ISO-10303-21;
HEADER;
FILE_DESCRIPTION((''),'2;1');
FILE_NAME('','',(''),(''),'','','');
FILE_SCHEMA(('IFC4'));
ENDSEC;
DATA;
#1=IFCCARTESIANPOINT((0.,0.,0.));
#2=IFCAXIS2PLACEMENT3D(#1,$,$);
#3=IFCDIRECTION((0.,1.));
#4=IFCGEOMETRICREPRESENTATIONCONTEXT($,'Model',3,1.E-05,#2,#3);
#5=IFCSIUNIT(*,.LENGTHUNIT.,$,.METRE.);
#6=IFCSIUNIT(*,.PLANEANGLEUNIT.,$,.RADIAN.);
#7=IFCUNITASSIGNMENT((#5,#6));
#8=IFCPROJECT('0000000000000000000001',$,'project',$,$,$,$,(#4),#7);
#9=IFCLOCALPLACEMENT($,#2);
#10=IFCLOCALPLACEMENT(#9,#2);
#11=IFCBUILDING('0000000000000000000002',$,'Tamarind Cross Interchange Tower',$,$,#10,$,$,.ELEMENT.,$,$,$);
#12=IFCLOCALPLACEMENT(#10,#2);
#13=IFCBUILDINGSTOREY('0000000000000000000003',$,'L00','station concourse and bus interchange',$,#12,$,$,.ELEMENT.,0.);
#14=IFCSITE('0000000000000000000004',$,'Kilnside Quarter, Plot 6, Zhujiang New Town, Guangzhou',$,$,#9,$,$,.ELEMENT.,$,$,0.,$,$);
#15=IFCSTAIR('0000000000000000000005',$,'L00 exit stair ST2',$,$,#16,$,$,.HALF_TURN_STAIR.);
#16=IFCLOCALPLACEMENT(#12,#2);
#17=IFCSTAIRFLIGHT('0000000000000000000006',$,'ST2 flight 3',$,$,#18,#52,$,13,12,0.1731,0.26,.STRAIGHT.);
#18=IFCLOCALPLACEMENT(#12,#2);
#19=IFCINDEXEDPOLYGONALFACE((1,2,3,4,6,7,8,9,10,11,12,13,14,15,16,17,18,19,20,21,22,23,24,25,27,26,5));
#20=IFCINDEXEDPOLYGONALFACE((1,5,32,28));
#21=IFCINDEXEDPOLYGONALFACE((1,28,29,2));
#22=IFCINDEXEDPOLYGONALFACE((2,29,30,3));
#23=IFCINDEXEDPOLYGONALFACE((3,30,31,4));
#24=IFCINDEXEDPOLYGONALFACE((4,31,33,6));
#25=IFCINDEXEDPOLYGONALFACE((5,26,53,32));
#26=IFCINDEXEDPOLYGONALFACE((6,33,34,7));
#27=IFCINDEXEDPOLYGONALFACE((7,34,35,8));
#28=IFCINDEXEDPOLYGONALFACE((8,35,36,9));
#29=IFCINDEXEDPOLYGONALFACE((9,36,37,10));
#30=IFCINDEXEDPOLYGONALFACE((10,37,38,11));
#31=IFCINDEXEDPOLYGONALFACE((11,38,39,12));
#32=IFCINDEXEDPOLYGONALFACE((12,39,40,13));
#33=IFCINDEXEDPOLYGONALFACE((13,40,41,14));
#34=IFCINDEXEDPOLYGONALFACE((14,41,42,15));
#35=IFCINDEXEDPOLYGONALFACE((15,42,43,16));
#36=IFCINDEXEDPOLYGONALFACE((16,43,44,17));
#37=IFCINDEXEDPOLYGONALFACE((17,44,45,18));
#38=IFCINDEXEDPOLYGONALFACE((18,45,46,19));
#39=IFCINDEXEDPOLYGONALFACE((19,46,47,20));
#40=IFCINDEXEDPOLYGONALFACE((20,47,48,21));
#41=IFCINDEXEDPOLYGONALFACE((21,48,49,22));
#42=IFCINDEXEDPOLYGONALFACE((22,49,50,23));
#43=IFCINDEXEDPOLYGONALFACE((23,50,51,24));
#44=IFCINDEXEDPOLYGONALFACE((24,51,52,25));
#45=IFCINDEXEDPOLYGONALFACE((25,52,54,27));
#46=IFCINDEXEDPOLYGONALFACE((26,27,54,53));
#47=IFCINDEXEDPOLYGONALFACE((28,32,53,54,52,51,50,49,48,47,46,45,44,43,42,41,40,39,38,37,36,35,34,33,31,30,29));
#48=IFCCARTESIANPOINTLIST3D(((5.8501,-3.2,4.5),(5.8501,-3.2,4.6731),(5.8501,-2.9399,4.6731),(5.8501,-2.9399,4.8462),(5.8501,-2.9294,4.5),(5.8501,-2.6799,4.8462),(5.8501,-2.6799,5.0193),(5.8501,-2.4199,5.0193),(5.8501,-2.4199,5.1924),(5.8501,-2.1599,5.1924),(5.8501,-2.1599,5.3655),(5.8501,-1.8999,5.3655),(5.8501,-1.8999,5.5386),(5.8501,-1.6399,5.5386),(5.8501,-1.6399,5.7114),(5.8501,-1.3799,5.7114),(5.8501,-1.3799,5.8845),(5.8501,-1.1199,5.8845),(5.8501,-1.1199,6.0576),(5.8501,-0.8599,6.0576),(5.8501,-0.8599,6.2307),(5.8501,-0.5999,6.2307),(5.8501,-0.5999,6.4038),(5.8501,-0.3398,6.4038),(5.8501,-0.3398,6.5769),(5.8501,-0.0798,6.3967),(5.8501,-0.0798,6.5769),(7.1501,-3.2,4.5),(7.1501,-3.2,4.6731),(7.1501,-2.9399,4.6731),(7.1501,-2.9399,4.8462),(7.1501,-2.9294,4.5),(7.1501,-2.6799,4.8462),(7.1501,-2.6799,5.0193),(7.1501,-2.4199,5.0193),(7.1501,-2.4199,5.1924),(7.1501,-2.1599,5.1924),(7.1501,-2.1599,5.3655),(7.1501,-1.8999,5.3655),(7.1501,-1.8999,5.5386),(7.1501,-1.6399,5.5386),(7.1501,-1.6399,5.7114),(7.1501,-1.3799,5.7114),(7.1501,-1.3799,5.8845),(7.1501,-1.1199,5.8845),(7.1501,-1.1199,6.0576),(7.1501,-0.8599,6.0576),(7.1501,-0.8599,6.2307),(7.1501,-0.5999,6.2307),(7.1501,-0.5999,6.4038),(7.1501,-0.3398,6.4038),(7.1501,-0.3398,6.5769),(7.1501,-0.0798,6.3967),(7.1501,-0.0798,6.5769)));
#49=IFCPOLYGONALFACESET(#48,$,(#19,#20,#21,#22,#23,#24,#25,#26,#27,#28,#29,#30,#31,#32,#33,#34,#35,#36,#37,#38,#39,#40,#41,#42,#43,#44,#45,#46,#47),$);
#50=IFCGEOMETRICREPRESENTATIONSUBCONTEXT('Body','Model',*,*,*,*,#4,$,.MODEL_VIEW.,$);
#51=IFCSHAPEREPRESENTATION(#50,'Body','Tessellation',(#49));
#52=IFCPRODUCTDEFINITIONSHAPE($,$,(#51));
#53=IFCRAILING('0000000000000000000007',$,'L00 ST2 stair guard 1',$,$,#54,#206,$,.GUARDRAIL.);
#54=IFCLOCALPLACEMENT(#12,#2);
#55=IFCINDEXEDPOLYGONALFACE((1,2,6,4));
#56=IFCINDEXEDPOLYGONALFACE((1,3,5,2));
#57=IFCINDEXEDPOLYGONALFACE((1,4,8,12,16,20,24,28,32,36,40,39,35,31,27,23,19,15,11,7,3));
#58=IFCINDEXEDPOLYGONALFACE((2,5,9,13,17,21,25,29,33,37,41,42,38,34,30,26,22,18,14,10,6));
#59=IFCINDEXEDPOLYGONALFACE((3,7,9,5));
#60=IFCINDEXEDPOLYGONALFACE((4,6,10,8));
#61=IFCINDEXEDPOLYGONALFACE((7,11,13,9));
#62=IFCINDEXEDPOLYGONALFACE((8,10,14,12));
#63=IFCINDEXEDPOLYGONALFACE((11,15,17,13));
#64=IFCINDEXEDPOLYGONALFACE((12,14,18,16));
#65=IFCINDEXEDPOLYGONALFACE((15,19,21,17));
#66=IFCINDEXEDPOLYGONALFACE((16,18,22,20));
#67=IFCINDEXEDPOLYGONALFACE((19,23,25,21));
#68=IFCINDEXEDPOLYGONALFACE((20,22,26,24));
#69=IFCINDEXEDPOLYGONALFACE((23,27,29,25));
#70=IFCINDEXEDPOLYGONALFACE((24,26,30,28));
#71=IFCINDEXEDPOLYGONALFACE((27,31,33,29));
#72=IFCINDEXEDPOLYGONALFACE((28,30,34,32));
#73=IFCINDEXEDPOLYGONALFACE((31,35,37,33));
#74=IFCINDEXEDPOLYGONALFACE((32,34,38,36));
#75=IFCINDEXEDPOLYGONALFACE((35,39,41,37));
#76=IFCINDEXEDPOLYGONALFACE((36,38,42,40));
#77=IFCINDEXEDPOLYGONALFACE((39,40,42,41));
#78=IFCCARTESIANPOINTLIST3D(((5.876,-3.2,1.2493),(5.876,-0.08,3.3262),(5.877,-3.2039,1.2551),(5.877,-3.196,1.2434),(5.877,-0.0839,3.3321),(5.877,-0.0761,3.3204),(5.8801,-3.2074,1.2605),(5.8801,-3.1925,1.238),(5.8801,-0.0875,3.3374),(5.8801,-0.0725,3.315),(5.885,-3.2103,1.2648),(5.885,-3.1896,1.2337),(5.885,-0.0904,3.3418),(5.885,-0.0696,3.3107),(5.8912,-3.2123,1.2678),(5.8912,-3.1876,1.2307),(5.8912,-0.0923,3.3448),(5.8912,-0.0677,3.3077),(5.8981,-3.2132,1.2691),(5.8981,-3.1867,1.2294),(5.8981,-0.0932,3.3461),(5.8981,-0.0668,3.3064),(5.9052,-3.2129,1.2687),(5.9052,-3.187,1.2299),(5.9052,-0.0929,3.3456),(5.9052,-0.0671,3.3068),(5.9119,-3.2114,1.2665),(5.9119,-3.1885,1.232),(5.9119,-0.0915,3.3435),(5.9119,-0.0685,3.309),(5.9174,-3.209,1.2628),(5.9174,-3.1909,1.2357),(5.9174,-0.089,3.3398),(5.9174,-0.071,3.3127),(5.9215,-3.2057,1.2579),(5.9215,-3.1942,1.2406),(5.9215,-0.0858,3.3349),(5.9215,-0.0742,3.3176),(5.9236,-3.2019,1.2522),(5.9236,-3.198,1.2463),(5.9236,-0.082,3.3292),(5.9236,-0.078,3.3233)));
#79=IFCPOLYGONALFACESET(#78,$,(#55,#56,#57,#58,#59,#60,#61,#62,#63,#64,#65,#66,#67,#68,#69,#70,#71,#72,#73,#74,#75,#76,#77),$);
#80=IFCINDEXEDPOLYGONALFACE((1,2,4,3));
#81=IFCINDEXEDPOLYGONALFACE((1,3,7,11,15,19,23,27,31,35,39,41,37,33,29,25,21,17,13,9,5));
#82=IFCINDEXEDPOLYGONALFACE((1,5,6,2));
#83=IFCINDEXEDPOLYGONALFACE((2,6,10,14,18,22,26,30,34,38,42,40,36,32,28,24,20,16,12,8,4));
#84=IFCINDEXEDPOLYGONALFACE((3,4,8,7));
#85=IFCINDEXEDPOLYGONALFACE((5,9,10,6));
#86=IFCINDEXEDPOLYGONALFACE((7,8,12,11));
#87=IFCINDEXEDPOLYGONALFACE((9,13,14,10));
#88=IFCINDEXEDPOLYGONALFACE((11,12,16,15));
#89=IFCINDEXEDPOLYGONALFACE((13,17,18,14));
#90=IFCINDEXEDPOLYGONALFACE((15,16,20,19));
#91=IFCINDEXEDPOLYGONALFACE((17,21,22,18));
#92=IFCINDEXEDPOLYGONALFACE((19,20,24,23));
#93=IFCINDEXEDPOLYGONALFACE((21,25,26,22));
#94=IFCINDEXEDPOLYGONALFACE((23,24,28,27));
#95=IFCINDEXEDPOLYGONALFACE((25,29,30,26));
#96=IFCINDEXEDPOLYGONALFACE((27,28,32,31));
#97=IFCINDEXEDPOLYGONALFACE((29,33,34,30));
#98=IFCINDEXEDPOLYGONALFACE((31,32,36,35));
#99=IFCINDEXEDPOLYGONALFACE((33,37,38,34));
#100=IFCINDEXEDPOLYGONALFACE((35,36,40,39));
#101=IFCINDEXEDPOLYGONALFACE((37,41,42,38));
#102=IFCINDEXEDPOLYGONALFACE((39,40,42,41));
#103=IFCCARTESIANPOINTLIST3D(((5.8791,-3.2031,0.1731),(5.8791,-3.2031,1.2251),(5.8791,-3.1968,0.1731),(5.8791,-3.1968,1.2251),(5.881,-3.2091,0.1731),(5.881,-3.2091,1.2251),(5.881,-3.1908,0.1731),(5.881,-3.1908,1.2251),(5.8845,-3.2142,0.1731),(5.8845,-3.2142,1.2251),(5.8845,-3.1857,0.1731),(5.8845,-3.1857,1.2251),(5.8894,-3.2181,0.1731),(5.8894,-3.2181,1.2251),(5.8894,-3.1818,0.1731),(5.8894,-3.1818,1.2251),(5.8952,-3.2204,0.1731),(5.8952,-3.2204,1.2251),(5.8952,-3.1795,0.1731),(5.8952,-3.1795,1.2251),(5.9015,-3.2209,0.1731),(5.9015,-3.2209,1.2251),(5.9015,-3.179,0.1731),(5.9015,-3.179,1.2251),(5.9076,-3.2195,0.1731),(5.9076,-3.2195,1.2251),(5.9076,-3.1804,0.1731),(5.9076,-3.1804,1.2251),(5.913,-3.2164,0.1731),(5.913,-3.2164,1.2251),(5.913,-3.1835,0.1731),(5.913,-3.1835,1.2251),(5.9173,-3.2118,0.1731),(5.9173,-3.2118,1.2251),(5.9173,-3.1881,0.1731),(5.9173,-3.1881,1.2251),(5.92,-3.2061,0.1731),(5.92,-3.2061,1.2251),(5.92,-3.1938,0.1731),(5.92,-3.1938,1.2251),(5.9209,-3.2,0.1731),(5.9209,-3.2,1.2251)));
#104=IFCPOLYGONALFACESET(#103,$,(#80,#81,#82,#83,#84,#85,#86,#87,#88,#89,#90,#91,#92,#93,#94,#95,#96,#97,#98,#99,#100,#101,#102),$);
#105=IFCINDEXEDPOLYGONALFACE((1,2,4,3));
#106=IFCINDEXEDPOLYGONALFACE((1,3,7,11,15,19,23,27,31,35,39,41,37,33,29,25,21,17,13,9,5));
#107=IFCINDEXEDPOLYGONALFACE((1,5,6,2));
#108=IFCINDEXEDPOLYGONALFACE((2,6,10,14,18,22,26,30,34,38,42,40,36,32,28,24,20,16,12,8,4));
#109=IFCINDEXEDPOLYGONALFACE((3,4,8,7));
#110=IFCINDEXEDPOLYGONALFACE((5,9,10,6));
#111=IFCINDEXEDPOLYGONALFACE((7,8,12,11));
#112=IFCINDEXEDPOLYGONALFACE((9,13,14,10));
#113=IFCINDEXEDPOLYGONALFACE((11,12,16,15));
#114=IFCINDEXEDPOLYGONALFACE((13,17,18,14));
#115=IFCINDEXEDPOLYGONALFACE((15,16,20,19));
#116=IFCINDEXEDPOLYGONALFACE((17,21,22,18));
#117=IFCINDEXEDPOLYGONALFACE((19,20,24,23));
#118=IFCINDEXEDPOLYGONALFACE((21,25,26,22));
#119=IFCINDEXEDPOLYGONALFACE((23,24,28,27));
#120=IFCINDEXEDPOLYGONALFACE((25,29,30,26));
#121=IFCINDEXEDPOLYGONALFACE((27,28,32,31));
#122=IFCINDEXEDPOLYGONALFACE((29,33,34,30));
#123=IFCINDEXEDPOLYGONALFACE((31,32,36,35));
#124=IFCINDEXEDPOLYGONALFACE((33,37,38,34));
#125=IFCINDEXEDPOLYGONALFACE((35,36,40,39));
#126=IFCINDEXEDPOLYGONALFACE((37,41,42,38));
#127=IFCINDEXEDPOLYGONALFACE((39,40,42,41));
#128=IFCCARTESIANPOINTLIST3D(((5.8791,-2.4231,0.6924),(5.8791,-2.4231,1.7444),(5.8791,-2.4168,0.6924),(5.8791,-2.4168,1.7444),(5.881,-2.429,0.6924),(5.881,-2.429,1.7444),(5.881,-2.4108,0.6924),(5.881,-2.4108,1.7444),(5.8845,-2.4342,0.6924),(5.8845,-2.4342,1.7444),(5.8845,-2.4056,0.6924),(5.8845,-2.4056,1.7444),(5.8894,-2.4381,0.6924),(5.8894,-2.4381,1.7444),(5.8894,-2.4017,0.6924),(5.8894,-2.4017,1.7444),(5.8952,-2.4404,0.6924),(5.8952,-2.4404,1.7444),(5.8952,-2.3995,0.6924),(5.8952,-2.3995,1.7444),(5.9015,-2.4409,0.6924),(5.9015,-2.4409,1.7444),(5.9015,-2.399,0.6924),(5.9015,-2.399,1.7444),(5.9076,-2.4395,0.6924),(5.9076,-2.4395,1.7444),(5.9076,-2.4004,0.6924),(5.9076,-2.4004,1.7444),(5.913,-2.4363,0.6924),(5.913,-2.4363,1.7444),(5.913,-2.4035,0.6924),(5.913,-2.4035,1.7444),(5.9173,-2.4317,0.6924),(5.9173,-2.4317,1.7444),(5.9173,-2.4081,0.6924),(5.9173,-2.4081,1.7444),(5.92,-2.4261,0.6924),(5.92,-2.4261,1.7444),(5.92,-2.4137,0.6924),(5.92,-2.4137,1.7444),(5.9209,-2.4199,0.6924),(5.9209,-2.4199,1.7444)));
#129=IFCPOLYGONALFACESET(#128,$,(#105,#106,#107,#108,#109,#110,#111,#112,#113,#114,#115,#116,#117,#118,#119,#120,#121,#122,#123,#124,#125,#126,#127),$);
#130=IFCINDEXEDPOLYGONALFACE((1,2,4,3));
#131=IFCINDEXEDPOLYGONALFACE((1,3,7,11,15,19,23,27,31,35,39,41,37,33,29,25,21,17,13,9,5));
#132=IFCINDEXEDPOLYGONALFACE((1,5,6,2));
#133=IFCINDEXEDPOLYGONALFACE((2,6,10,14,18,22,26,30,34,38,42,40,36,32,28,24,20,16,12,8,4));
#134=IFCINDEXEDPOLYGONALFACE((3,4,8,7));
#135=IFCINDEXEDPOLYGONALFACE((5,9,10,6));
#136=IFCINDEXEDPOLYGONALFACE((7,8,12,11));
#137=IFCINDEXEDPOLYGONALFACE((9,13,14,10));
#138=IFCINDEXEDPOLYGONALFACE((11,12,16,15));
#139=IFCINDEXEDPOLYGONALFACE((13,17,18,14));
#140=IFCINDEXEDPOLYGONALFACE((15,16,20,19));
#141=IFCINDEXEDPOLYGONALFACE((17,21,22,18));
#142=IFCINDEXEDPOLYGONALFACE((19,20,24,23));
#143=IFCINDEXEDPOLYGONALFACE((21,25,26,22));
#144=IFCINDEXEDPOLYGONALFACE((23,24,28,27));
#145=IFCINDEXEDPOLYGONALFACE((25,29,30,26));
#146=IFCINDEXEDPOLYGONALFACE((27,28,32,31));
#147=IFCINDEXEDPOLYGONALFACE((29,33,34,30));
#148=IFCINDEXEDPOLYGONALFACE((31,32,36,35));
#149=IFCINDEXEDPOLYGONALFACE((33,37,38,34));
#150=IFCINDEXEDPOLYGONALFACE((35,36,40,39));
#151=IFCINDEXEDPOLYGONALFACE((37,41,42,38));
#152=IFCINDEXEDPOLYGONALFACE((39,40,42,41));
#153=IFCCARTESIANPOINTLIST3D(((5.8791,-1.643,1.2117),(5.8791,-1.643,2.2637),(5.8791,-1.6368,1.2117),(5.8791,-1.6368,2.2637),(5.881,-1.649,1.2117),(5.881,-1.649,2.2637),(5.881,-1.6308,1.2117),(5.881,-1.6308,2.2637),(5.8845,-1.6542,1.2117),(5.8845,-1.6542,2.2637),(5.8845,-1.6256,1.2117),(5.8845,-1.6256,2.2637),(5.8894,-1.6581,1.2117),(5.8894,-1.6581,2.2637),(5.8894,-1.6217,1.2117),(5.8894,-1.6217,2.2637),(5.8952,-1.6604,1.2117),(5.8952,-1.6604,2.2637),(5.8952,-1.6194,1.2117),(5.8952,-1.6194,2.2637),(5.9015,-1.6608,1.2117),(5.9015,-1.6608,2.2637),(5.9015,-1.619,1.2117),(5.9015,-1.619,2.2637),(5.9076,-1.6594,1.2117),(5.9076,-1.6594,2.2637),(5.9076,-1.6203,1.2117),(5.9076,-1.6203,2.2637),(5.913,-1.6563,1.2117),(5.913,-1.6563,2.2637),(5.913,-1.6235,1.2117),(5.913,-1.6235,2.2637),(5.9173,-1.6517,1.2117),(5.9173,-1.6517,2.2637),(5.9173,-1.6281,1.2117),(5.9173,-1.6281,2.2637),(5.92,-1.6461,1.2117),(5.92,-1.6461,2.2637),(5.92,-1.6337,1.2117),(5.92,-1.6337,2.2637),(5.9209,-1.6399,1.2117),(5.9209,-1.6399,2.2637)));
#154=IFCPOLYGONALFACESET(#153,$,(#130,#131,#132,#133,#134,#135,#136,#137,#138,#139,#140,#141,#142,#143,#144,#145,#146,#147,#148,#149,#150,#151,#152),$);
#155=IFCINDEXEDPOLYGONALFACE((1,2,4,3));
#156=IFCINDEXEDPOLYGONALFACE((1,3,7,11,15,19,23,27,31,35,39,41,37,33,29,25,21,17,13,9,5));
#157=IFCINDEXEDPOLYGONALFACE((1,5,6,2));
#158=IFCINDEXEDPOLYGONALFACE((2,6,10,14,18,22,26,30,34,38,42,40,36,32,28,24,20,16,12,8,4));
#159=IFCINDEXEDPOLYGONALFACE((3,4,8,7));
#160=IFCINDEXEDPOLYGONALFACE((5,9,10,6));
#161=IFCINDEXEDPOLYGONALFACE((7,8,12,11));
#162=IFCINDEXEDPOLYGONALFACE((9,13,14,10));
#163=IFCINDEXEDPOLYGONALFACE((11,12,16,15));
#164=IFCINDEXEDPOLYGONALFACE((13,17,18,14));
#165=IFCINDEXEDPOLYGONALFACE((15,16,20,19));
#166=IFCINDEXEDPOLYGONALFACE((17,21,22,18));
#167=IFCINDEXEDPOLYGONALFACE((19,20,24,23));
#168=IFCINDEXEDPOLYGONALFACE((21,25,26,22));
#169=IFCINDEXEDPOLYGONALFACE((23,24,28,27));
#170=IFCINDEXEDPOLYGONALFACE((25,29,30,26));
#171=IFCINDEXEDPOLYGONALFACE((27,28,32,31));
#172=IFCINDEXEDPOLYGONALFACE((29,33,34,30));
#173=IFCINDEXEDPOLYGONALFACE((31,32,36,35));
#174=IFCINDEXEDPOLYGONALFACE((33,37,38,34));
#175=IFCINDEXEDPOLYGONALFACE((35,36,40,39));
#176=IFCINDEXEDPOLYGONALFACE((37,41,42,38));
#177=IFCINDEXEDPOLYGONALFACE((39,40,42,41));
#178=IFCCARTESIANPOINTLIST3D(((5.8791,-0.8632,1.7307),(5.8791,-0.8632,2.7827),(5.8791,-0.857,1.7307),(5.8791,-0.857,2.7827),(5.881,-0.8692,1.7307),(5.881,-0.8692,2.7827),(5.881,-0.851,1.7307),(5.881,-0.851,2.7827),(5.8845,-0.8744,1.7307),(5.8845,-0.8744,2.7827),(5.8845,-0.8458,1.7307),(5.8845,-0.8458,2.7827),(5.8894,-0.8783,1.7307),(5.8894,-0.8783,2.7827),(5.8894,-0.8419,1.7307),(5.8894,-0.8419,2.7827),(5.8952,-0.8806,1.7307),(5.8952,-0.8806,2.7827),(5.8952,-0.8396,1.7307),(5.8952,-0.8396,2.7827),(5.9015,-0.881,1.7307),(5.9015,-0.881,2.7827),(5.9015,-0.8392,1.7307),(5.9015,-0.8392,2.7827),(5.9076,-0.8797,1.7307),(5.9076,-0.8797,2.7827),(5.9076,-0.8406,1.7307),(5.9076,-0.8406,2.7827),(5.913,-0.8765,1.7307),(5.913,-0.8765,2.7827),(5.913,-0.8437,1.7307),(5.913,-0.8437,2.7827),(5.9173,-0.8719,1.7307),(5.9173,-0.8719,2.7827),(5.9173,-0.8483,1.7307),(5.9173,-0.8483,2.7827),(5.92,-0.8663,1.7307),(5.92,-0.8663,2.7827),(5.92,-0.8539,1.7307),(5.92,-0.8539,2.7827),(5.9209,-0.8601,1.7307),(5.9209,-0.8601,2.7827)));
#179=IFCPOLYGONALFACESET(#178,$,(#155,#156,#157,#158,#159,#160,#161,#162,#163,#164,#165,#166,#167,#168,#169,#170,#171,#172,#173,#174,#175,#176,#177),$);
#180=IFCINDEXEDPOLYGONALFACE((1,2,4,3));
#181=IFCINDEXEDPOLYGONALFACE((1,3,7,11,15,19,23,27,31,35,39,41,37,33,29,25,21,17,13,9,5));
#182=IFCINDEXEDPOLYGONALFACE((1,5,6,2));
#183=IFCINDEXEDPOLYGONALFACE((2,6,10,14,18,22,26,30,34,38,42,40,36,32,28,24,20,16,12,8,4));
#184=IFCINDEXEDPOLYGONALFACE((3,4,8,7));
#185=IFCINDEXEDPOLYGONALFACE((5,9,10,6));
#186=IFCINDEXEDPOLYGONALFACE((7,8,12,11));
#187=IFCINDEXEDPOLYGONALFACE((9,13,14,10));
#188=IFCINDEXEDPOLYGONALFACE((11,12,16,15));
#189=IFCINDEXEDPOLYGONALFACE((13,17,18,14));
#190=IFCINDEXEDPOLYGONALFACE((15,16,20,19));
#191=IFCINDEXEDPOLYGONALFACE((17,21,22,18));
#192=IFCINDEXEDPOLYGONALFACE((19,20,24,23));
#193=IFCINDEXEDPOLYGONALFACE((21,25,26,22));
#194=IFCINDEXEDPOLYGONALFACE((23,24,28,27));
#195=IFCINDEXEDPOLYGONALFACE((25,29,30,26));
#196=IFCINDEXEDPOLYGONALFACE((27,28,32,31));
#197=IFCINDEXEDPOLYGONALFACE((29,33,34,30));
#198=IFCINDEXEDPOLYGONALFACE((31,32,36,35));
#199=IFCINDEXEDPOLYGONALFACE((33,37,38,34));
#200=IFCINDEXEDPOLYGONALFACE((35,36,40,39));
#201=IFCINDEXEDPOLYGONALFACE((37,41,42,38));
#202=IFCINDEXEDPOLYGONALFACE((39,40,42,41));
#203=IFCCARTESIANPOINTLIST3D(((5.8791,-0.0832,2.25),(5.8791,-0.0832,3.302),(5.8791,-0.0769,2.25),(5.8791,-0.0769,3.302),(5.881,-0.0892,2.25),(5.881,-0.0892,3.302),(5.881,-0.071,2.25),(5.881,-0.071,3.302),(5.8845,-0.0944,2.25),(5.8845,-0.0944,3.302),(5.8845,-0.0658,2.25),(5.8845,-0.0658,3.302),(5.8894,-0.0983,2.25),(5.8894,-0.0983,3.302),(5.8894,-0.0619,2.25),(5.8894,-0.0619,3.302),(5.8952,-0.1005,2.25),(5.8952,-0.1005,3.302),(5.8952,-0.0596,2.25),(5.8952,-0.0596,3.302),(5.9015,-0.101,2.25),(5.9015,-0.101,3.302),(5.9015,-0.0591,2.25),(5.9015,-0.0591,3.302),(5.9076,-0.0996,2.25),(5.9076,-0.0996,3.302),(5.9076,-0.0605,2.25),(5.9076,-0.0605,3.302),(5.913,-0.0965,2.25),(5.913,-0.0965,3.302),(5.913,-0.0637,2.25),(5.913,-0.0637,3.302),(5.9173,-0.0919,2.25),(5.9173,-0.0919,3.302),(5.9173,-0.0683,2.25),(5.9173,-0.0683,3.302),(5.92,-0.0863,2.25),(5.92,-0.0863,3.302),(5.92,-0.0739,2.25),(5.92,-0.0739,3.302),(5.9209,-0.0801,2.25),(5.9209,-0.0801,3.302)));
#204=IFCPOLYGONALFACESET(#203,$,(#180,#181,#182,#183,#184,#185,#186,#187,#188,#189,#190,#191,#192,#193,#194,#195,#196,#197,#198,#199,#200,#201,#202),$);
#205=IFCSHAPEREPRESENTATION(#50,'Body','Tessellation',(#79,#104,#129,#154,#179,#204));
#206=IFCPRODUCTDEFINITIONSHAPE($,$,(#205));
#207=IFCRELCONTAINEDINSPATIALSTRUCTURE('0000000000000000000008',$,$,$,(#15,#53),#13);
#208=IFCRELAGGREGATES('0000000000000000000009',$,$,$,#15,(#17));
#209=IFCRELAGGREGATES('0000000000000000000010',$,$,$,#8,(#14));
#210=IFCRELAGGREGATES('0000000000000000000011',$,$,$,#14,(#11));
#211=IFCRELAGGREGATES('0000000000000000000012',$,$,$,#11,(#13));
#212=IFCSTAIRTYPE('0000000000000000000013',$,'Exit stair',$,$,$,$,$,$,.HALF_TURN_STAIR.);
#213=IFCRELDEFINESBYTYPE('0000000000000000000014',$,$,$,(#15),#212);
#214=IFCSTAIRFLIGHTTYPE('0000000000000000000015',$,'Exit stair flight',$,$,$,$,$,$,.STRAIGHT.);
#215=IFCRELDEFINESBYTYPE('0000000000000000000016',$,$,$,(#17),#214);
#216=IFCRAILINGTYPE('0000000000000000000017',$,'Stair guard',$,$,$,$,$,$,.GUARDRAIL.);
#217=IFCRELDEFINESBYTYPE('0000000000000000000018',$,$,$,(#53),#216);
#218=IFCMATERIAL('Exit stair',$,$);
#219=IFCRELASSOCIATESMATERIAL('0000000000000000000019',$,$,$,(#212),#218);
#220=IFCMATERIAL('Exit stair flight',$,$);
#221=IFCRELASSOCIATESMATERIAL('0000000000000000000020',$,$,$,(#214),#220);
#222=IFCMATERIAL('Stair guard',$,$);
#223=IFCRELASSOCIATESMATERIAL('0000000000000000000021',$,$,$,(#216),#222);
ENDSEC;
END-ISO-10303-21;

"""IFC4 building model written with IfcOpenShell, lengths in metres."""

from ifc_helpers import new_model, si_unit, direction, frame, origin, origin_2d, place, context, subcontext, project, spatial, polyline, circle, outline, extrude, material, type_object, element, aggregate, save


model = new_model("IFC4")

# Units and contexts
model_context = context("Model", 3, precision=1e-05, world=origin(), true_north=direction((0.0, 1.0)))
body_context = subcontext(model_context, "Body", "Model", "MODEL_VIEW")
ifc_project = project(units=[si_unit("LENGTHUNIT", "METRE"), si_unit("PLANEANGLEUNIT", "RADIAN")], contexts=[model_context])

# Site, building, storey
site_placement = place(None, origin())
site = spatial("IfcSite", under=ifc_project, at=site_placement, Name="Kilnside Quarter, Plot 6, Zhujiang New Town, Guangzhou", CompositionType="ELEMENT", RefElevation=0.0)
building_placement = place(site_placement, origin())
building = spatial("IfcBuilding", under=site, at=building_placement, Name="Tamarind Cross Interchange Tower", CompositionType="ELEMENT")
storey_placement = place(building_placement, origin())
storey = spatial("IfcBuildingStorey", under=building, at=storey_placement, Name="L00", Description="station concourse and bus interchange", CompositionType="ELEMENT", Elevation=0.0)

# Stair, stair flight
ifc_material_1 = material(Name="Exit stair")
stair_type = type_object("IfcStairType", Name="Exit stair", PredefinedType="HALF_TURN_STAIR", material=ifc_material_1)
stair_placement = place(storey_placement, origin())
stair = element("IfcStair", 1, at=stair_placement, inside=storey, type_object=stair_type, Name="L00 exit stair ST2", PredefinedType="HALF_TURN_STAIR")
ifc_material_2 = material(Name="Exit stair flight")
stair_flight_type = type_object("IfcStairFlightType", Name="Exit stair flight", PredefinedType="STRAIGHT", material=ifc_material_2)
stair_flight_1_placement = place(storey_placement, frame((6.5, -3.2, 4.5), z_axis=(0.0, 0.0, 1.0), x_axis=(0.0, 1.0, 0.0)))
stair_flight_1 = element("IfcStairFlight", 2, at=stair_flight_1_placement, type_object=stair_flight_type, Name="ST2 flight 3", NumberOfRisers=13, NumberOfTreads=12, PredefinedType="STRAIGHT", RiserHeight=0.1731, TreadLength=0.26, context=body_context, shape_type="SweptSolid", body=[
    extrude(outline(polyline([(0.0, 0.0), (0.0, 0.1731), (0.26, 0.1731), (0.26, 0.3462), (0.52, 0.3462), (0.52, 0.5193), (0.78, 0.5193), (0.78, 0.6924), (1.04, 0.6924), (1.04, 0.8655), (1.3, 0.8655), (1.3, 1.0386), (1.5601, 1.0386), (1.5601, 1.2114), (1.8201, 1.2114), (1.8201, 1.3845), (2.0801, 1.3845), (2.0801, 1.5576), (2.3401, 1.5576), (2.3401, 1.7307), (2.6001, 1.7307), (2.6001, 1.9038), (2.8601, 1.9038), (2.8601, 2.0769), (3.1201, 2.0769), (3.1201, 2.25), (3.1201, 1.8967), (0.2705, 0.0), (0.0, 0.0)])), frame((0.0, 0.6499, 0.0), z_axis=(0.0, -1.0, 0.0), x_axis=(1.0, 0.0, 0.0)), (0.0, 0.0, 1.0), 1.3),
])
aggregate(stair, [stair_flight_1])

# Railing
ifc_material_3 = material(Name="Stair guard")
railing_type = type_object("IfcRailingType", Name="Stair guard", PredefinedType="GUARDRAIL", material=ifc_material_3)
railing_1_placement = place(storey_placement, frame((5.8999, -3.2, 0.1731)))
element("IfcRailing", 3, at=railing_1_placement, inside=storey, type_object=railing_type, Name="L00 ST2 stair guard 1", PredefinedType="GUARDRAIL", context=body_context, shape_type="SweptSolid", body=[
    extrude(circle(Radius=0.0239, at=origin_2d()), frame((0.0, 0.0, 1.0762), z_axis=(0.0, 0.832421, 0.554144), x_axis=(-1.0, 0.0, 0.0)), (0.0, 0.0, 1.0), 3.748),
    extrude(circle(Radius=0.021, at=origin_2d()), origin(), (0.0, 0.0, 1.0), 1.052),
    extrude(circle(Radius=0.021, at=origin_2d()), frame((0.0, 0.78, 0.5193)), (0.0, 0.0, 1.0), 1.052),
    extrude(circle(Radius=0.021, at=origin_2d()), frame((0.0, 1.5601, 1.0386)), (0.0, 0.0, 1.0), 1.052),
    extrude(circle(Radius=0.021, at=origin_2d()), frame((0.0, 2.3398, 1.5576)), (0.0, 0.0, 1.0), 1.052),
    extrude(circle(Radius=0.021, at=origin_2d()), frame((0.0, 3.1199, 2.0769)), (0.0, 0.0, 1.0), 1.052),
])

save(model, "model.ifc")
